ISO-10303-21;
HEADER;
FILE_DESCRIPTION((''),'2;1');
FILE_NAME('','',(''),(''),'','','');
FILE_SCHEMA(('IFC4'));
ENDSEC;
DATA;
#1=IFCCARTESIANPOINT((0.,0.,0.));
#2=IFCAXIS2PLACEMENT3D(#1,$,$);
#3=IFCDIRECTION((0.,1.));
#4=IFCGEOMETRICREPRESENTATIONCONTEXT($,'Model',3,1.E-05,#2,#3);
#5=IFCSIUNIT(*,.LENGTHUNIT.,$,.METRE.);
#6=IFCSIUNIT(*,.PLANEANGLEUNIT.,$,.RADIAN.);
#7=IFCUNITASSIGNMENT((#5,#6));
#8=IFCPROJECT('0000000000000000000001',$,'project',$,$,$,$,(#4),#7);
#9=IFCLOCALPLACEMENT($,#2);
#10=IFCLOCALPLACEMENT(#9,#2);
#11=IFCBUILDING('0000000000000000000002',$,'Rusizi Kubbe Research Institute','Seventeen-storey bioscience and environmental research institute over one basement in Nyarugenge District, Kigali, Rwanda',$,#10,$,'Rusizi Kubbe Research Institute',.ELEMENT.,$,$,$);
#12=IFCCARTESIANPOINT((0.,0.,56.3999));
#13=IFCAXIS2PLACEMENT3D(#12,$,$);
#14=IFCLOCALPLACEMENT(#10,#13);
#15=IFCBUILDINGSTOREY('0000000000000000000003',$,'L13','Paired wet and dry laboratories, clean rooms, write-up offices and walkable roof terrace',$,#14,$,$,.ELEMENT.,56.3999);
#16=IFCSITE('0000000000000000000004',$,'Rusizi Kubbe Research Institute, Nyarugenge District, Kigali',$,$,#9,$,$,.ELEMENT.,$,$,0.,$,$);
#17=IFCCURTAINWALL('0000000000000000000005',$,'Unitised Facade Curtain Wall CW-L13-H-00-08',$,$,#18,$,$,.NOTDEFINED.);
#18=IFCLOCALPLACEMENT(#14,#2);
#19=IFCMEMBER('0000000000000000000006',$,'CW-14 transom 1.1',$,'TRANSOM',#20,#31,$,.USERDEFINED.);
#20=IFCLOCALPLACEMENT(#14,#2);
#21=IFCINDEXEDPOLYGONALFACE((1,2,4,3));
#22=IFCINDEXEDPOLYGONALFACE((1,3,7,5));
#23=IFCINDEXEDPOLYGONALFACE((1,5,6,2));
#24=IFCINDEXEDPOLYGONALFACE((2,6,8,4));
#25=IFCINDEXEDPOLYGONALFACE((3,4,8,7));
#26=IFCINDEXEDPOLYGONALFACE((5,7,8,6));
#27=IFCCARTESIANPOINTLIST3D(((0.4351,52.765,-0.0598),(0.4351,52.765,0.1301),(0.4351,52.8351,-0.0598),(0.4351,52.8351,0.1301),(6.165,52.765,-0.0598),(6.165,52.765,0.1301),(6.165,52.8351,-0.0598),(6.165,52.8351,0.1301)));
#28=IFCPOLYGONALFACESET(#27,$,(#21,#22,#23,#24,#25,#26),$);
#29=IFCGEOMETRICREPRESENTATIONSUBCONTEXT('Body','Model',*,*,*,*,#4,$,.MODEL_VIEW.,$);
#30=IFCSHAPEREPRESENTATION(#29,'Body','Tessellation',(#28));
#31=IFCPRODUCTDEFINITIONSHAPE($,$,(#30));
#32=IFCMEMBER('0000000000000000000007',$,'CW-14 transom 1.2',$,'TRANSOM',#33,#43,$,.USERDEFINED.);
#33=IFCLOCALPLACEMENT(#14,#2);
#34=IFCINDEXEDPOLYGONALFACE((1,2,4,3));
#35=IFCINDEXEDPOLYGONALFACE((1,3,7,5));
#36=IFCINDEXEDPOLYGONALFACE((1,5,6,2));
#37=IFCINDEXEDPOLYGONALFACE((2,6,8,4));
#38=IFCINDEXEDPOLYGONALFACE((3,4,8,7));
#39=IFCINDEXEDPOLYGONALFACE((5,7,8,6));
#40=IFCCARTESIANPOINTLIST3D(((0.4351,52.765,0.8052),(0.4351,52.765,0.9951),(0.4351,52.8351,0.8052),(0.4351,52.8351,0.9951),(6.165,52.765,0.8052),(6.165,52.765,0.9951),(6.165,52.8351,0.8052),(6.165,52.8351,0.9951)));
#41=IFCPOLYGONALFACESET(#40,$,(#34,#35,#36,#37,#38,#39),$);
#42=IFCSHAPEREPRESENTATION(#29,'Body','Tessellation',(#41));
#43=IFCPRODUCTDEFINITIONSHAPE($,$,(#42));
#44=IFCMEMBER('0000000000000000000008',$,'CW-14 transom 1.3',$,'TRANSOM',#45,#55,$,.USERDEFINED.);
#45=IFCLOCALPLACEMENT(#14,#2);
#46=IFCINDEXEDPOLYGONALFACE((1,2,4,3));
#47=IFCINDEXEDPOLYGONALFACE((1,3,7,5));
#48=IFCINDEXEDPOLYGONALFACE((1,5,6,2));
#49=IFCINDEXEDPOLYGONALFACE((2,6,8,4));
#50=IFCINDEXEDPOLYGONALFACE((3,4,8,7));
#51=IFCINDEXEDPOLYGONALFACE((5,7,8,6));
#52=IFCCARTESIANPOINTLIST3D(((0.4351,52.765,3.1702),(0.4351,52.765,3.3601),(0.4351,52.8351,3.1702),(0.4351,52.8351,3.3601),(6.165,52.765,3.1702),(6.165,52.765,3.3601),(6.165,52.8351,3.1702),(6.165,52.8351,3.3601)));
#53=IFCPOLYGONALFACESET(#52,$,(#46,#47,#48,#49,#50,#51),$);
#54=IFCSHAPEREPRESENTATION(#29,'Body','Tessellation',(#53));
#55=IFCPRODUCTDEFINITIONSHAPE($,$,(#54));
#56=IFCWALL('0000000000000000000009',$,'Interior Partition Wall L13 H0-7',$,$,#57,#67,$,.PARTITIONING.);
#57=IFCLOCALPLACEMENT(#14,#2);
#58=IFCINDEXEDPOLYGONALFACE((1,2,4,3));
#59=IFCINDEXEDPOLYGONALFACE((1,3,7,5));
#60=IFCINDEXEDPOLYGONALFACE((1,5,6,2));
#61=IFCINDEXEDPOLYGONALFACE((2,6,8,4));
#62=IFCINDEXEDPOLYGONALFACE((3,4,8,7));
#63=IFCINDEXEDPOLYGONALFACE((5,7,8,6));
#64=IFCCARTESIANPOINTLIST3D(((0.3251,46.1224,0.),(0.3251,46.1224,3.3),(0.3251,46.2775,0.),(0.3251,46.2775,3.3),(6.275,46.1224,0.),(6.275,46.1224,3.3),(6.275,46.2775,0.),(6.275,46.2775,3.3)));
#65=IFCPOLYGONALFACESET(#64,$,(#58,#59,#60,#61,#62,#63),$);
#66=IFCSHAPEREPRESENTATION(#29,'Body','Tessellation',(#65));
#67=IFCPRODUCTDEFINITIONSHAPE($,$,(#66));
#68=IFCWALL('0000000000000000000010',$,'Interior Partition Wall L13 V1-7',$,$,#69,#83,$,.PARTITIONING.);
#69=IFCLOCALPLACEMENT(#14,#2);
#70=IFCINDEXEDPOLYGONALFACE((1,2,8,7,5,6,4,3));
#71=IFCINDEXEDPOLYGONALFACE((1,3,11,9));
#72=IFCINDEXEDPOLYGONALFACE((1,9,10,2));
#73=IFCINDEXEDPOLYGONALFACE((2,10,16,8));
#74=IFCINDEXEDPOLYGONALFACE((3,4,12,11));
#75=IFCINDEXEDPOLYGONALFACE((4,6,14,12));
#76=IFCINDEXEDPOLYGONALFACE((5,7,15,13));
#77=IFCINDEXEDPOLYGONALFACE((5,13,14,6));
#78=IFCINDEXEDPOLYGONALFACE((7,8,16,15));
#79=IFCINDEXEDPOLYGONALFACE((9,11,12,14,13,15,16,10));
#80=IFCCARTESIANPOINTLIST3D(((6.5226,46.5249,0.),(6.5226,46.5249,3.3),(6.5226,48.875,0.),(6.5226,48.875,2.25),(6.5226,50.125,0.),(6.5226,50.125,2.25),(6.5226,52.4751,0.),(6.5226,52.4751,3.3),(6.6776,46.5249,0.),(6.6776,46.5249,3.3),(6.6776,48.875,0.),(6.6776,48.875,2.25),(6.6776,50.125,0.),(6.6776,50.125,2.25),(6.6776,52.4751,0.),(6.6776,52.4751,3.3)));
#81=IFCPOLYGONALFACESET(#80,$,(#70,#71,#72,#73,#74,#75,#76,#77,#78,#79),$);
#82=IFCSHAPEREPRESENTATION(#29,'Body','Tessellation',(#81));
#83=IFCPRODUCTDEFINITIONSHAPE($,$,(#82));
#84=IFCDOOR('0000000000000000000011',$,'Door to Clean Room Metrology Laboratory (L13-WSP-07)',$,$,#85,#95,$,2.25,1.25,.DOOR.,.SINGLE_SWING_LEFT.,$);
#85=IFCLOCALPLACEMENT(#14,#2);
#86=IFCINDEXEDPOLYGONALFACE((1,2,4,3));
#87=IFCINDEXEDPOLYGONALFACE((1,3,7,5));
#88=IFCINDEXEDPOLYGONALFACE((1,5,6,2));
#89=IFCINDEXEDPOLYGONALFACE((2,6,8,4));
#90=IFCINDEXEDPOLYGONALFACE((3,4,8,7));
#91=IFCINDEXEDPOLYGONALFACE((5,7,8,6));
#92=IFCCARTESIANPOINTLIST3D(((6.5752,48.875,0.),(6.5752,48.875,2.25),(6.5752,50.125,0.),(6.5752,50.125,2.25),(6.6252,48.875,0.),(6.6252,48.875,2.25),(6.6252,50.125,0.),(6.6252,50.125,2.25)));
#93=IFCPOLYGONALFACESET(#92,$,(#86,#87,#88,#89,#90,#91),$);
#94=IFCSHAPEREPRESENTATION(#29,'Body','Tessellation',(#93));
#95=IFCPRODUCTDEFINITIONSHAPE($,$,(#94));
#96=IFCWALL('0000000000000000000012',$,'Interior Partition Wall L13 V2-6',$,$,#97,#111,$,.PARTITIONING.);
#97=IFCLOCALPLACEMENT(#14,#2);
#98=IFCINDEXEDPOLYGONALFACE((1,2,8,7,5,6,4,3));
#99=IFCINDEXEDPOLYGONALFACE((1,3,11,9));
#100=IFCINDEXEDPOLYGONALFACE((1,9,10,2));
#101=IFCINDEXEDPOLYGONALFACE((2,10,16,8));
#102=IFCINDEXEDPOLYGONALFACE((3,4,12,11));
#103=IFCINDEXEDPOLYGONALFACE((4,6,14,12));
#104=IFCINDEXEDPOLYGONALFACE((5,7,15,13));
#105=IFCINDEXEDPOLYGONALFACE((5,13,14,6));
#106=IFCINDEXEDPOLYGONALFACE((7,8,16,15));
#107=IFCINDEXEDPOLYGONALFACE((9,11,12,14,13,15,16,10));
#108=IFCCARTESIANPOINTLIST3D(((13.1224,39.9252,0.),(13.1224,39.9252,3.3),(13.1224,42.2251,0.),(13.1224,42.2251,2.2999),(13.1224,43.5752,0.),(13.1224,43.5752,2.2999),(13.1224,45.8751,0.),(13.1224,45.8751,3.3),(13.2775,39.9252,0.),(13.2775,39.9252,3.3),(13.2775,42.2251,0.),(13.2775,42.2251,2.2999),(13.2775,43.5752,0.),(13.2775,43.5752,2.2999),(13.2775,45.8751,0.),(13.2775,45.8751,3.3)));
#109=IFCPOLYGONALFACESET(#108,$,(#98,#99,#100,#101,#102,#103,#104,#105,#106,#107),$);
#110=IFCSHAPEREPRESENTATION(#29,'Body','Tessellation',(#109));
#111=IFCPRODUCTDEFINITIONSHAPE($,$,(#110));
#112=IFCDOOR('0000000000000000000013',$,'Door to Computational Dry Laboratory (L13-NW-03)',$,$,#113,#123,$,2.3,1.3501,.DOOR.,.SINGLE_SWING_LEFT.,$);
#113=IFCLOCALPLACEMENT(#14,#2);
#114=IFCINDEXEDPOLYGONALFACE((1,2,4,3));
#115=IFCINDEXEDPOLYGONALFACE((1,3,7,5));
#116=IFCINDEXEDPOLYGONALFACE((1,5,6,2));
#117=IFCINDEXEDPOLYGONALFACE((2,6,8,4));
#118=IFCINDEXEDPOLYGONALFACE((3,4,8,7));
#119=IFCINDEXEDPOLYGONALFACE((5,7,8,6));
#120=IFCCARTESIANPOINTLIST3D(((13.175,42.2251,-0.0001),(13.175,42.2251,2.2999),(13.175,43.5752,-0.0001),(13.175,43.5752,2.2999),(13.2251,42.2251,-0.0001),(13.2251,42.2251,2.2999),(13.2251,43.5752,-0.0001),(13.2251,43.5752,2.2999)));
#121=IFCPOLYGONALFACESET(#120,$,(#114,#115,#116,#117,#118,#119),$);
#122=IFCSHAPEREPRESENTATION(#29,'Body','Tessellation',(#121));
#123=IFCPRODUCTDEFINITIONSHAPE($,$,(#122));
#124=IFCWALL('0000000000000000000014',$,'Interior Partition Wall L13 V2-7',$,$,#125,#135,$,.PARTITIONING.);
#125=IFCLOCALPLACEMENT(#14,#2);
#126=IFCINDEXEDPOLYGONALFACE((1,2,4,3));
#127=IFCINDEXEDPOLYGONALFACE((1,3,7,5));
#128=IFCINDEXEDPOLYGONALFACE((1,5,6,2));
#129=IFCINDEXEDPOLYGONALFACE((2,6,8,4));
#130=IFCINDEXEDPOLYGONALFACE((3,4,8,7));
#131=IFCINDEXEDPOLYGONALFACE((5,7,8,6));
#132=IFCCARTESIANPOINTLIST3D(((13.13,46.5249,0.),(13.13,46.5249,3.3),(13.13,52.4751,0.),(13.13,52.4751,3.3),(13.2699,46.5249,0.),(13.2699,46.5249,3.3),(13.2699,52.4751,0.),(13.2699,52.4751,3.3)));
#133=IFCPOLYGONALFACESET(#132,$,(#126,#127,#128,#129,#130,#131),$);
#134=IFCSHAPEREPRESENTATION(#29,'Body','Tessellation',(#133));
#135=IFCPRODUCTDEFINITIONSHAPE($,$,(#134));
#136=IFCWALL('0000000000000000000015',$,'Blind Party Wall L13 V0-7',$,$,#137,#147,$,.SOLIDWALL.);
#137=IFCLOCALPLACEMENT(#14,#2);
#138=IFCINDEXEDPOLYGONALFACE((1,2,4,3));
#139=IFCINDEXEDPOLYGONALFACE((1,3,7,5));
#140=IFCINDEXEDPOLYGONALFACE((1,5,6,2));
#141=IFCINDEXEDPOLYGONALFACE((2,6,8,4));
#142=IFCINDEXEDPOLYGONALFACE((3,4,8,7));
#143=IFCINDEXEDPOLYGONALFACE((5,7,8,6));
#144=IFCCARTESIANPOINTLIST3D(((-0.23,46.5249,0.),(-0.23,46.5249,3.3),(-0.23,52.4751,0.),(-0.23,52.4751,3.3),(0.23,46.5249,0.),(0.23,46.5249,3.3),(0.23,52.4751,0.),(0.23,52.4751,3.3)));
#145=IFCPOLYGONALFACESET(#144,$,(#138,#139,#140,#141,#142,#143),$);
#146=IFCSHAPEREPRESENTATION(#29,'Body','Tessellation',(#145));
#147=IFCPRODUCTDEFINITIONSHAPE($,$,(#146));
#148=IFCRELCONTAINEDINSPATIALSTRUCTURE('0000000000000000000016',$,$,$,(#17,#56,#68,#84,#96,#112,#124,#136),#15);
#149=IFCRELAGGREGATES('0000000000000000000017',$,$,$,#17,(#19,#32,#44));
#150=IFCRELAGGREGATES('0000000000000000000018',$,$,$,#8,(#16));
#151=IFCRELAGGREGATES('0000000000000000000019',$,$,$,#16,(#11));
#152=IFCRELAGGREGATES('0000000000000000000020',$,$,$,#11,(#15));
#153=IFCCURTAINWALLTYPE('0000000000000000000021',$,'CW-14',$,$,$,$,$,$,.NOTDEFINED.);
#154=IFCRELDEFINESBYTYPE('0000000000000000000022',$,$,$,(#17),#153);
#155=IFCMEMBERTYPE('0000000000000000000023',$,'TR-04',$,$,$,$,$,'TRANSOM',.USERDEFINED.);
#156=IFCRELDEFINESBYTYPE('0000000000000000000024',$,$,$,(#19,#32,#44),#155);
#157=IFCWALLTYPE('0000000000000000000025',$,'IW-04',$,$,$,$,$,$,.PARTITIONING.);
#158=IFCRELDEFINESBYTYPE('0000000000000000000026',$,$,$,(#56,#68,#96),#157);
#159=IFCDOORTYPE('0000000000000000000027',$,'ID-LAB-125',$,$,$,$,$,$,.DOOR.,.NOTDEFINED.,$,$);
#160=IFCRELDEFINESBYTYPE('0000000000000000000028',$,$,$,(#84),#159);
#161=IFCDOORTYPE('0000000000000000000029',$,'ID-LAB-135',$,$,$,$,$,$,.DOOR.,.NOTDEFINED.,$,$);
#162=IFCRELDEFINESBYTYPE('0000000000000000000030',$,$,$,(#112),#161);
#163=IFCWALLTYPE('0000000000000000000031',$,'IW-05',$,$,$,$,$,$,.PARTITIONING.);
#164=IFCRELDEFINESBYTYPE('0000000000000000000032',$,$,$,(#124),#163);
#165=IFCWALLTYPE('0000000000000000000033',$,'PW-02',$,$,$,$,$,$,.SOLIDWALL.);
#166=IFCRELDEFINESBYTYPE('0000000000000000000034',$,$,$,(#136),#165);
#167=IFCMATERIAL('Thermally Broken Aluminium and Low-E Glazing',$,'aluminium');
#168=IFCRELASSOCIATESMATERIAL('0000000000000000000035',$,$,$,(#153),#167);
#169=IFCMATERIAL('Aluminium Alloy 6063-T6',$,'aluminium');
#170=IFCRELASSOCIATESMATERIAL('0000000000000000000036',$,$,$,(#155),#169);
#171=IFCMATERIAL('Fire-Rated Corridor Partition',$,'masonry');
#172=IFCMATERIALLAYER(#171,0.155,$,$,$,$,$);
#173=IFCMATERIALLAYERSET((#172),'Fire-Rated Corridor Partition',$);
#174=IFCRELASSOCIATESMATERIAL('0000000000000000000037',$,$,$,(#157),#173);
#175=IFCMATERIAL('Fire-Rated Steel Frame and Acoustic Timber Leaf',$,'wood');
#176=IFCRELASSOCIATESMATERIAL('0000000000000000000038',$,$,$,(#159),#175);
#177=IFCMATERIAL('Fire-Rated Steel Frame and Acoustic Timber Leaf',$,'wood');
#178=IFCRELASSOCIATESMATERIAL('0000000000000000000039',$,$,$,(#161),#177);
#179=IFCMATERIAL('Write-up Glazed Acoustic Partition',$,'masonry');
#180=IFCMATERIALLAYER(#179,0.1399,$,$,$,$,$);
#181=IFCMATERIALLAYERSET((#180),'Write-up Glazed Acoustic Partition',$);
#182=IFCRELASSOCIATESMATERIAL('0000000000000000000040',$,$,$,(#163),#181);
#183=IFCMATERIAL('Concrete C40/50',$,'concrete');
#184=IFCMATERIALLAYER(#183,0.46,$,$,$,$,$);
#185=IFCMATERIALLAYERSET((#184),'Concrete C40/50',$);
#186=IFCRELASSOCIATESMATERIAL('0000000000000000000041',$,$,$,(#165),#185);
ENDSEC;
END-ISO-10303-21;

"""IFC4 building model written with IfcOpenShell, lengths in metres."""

from ifc_helpers import new_model, si_unit, direction, frame, frame_2d, origin, origin_2d, place, context, subcontext, project, spatial, rectangle, extrude, material, layer, layer_set, material_profile, profile_set, type_object, element, fill, aggregate, save


model = new_model("IFC4")

# Units and contexts
model_context = context("Model", 3, precision=1e-05, world=origin(), true_north=direction((0.0, 1.0)))
body_context = subcontext(model_context, "Body", "Model", "MODEL_VIEW")
ifc_project = project(units=[si_unit("LENGTHUNIT", "METRE"), si_unit("PLANEANGLEUNIT", "RADIAN")], contexts=[model_context])

# Site, building, storey
site_placement = place(None, origin())
site = spatial("IfcSite", under=ifc_project, at=site_placement, Name="Rusizi Kubbe Research Institute, Nyarugenge District, Kigali", CompositionType="ELEMENT", RefElevation=0.0)
building_placement = place(site_placement, origin())
building = spatial("IfcBuilding", under=site, at=building_placement, Name="Rusizi Kubbe Research Institute", Description="Seventeen-storey bioscience and environmental research institute over one basement in Nyarugenge District, Kigali, Rwanda", LongName="Rusizi Kubbe Research Institute", CompositionType="ELEMENT")
storey_placement = place(building_placement, frame((0.0, 0.0, 56.3999)))
storey = spatial("IfcBuildingStorey", under=building, at=storey_placement, Name="L13", Description="Paired wet and dry laboratories, clean rooms, write-up offices and walkable roof terrace", CompositionType="ELEMENT", Elevation=56.3999)

# Curtain wall, members
ifc_material_1 = material(Name="Thermally Broken Aluminium and Low-E Glazing", Category="aluminium")
curtain_wall_type = type_object("IfcCurtainWallType", Name="CW-14", PredefinedType="NOTDEFINED", material=ifc_material_1)
curtain_wall_placement = place(storey_placement, origin())
curtain_wall = element("IfcCurtainWall", 1, at=curtain_wall_placement, inside=storey, type_object=curtain_wall_type, Name="Unitised Facade Curtain Wall CW-L13-H-00-08", PredefinedType="NOTDEFINED")
ifc_material_2 = material(Name="Aluminium Alloy 6063-T6", Category="aluminium")
ifc_material_profile_1 = material_profile(ifc_material_2, rectangle(XDim=0.0701, YDim=0.1899, at=origin_2d()), Name="ALU-T 70x190")
ifc_profile_set_1 = profile_set([ifc_material_profile_1], Name="Aluminium Alloy 6063-T6")
member_type_1 = type_object("IfcMemberType", Name="TR-04", ElementType="TRANSOM", PredefinedType="USERDEFINED", material=ifc_profile_set_1)
member_1_placement = place(storey_placement, frame((0.4351, 52.8, 0.0352), z_axis=(1.0, 0.0, 0.0), x_axis=(0.0, 1.0, 0.0)))
member_1 = element("IfcMember", 2, at=member_1_placement, type_object=member_type_1, Name="CW-14 transom 1.1", ObjectType="TRANSOM", PredefinedType="USERDEFINED", context=body_context, shape_type="SweptSolid", body=[
    extrude(rectangle(XDim=0.0701, YDim=0.1899, at=origin_2d()), origin(), (0.0, 0.0, 1.0), 5.73),
])
member_2_placement = place(storey_placement, frame((0.4351, 52.8, 0.9001), z_axis=(1.0, 0.0, 0.0), x_axis=(0.0, 1.0, 0.0)))
member_2 = element("IfcMember", 3, at=member_2_placement, type_object=member_type_1, Name="CW-14 transom 1.2", ObjectType="TRANSOM", PredefinedType="USERDEFINED", context=body_context, shape_type="SweptSolid", body=[
    extrude(rectangle(XDim=0.0701, YDim=0.1899, at=origin_2d()), origin(), (0.0, 0.0, 1.0), 5.73),
])
member_3_placement = place(storey_placement, frame((0.4351, 52.8, 3.2651), z_axis=(1.0, 0.0, 0.0), x_axis=(0.0, 1.0, 0.0)))
member_3 = element("IfcMember", 4, at=member_3_placement, type_object=member_type_1, Name="CW-14 transom 1.3", ObjectType="TRANSOM", PredefinedType="USERDEFINED", context=body_context, shape_type="SweptSolid", body=[
    extrude(rectangle(XDim=0.0701, YDim=0.1899, at=origin_2d()), origin(), (0.0, 0.0, 1.0), 5.73),
])
aggregate(curtain_wall, [member_1, member_2, member_3])

# Wall
ifc_material_3 = material(Name="Fire-Rated Corridor Partition", Category="masonry")
ifc_layer_1 = layer(ifc_material_3, 0.155)
ifc_layer_set_1 = layer_set([ifc_layer_1], Name="Fire-Rated Corridor Partition")
wall_type_1 = type_object("IfcWallType", Name="IW-04", PredefinedType="PARTITIONING", material=ifc_layer_set_1)
wall_1_placement = place(storey_placement, frame((0.325, 46.2, 0.0), z_axis=(0.0, 0.0, 1.0), x_axis=(1.0, 0.0, 0.0)))
element("IfcWall", 5, at=wall_1_placement, inside=storey, type_object=wall_type_1, Name="Interior Partition Wall L13 H0-7", PredefinedType="PARTITIONING", context=body_context, shape_type="SweptSolid", body=[
    extrude(rectangle(XDim=5.95, YDim=0.155, at=frame_2d((2.9751, 0.0))), origin(), (0.0, 0.0, 1.0), 3.3),
])

# Walls, openings, doors
wall_2_placement = place(storey_placement, frame((6.6001, 46.5249, 0.0), z_axis=(0.0, 0.0, 1.0), x_axis=(0.0, 1.0, 0.0)))
wall_2 = element("IfcWall", 6, at=wall_2_placement, inside=storey, type_object=wall_type_1, Name="Interior Partition Wall L13 V1-7", PredefinedType="PARTITIONING", context=body_context, shape_type="SweptSolid", body=[
    extrude(rectangle(XDim=5.9502, YDim=0.155, at=frame_2d((2.9751, 0.0))), origin(), (0.0, 0.0, 1.0), 3.3),
])
opening_1_placement = place(wall_2_placement, frame((2.3501, 0.0, 0.0)))
opening_1 = element("IfcOpeningElement", 7, at=opening_1_placement, cuts=wall_2, PredefinedType="OPENING", context=body_context, shape_type="SweptSolid", body=[
    extrude(rectangle(XDim=1.25, YDim=2.25, at=frame_2d((0.625, 1.125))), frame((0.0, 0.0874, 0.0), z_axis=(0.0, -1.0, 0.0), x_axis=(1.0, 0.0, 0.0)), (0.0, 0.0, 1.0), 0.175),
])
ifc_material_4 = material(Name="Fire-Rated Steel Frame and Acoustic Timber Leaf", Category="wood")
door_type_1 = type_object("IfcDoorType", Name="ID-LAB-125", OperationType="NOTDEFINED", PredefinedType="DOOR", material=ifc_material_4)
door_1_placement = place(opening_1_placement, origin())
door_1 = element("IfcDoor", 8, at=door_1_placement, inside=storey, type_object=door_type_1, Name="Door to Clean Room Metrology Laboratory (L13-WSP-07)", OperationType="SINGLE_SWING_LEFT", OverallHeight=2.25, OverallWidth=1.25, PredefinedType="DOOR", context=body_context, shape_type="SweptSolid", body=[
    extrude(rectangle(XDim=1.25, YDim=2.25, at=frame_2d((0.625, 1.125))), frame((0.0, 0.0249, 0.0), z_axis=(0.0, -1.0, 0.0), x_axis=(1.0, 0.0, 0.0)), (0.0, 0.0, 1.0), 0.05),
])
fill(opening_1, door_1)
wall_3_placement = place(storey_placement, frame((13.2, 39.925, 0.0), z_axis=(0.0, 0.0, 1.0), x_axis=(0.0, 1.0, 0.0)))
wall_3 = element("IfcWall", 9, at=wall_3_placement, inside=storey, type_object=wall_type_1, Name="Interior Partition Wall L13 V2-6", PredefinedType="PARTITIONING", context=body_context, shape_type="SweptSolid", body=[
    extrude(rectangle(XDim=5.95, YDim=0.155, at=frame_2d((2.9751, 0.0))), origin(), (0.0, 0.0, 1.0), 3.3),
])
opening_2_placement = place(wall_3_placement, frame((2.3, 0.0, 0.0)))
opening_2 = element("IfcOpeningElement", 10, at=opening_2_placement, cuts=wall_3, PredefinedType="OPENING", context=body_context, shape_type="SweptSolid", body=[
    extrude(rectangle(XDim=1.3501, YDim=2.3, at=frame_2d((0.675, 1.1499))), frame((0.0, 0.0874, 0.0), z_axis=(0.0, -1.0, 0.0), x_axis=(1.0, 0.0, 0.0)), (0.0, 0.0, 1.0), 0.175),
])
ifc_material_5 = material(Name="Fire-Rated Steel Frame and Acoustic Timber Leaf", Category="wood")
door_type_2 = type_object("IfcDoorType", Name="ID-LAB-135", OperationType="NOTDEFINED", PredefinedType="DOOR", material=ifc_material_5)
door_2_placement = place(opening_2_placement, origin())
door_2 = element("IfcDoor", 11, at=door_2_placement, inside=storey, type_object=door_type_2, Name="Door to Computational Dry Laboratory (L13-NW-03)", OperationType="SINGLE_SWING_LEFT", OverallHeight=2.3, OverallWidth=1.3501, PredefinedType="DOOR", context=body_context, shape_type="SweptSolid", body=[
    extrude(rectangle(XDim=1.3501, YDim=2.3, at=frame_2d((0.675, 1.1499))), frame((0.0, 0.0249, 0.0), z_axis=(0.0, -1.0, 0.0), x_axis=(1.0, 0.0, 0.0)), (0.0, 0.0, 1.0), 0.05),
])
fill(opening_2, door_2)

# Walls
ifc_material_6 = material(Name="Write-up Glazed Acoustic Partition", Category="masonry")
ifc_layer_2 = layer(ifc_material_6, 0.1399)
ifc_layer_set_2 = layer_set([ifc_layer_2], Name="Write-up Glazed Acoustic Partition")
wall_type_2 = type_object("IfcWallType", Name="IW-05", PredefinedType="PARTITIONING", material=ifc_layer_set_2)
wall_4_placement = place(storey_placement, frame((13.2, 46.5249, 0.0), z_axis=(0.0, 0.0, 1.0), x_axis=(0.0, 1.0, 0.0)))
element("IfcWall", 12, at=wall_4_placement, inside=storey, type_object=wall_type_2, Name="Interior Partition Wall L13 V2-7", PredefinedType="PARTITIONING", context=body_context, shape_type="SweptSolid", body=[
    extrude(rectangle(XDim=5.9502, YDim=0.1399, at=frame_2d((2.9751, 0.0))), origin(), (0.0, 0.0, 1.0), 3.3),
])
ifc_material_7 = material(Name="Concrete C40/50", Category="concrete")
ifc_layer_3 = layer(ifc_material_7, 0.46)
ifc_layer_set_3 = layer_set([ifc_layer_3], Name="Concrete C40/50")
wall_type_3 = type_object("IfcWallType", Name="PW-02", PredefinedType="SOLIDWALL", material=ifc_layer_set_3)
wall_5_placement = place(storey_placement, frame((0.0, 46.5249, 0.0), z_axis=(0.0, 0.0, 1.0), x_axis=(0.0, 1.0, 0.0)))
element("IfcWall", 13, at=wall_5_placement, inside=storey, type_object=wall_type_3, Name="Blind Party Wall L13 V0-7", PredefinedType="SOLIDWALL", context=body_context, shape_type="SweptSolid", body=[
    extrude(rectangle(XDim=5.9502, YDim=0.46, at=frame_2d((2.9751, 0.0))), origin(), (0.0, 0.0, 1.0), 3.3),
])

save(model, "model.ifc")
